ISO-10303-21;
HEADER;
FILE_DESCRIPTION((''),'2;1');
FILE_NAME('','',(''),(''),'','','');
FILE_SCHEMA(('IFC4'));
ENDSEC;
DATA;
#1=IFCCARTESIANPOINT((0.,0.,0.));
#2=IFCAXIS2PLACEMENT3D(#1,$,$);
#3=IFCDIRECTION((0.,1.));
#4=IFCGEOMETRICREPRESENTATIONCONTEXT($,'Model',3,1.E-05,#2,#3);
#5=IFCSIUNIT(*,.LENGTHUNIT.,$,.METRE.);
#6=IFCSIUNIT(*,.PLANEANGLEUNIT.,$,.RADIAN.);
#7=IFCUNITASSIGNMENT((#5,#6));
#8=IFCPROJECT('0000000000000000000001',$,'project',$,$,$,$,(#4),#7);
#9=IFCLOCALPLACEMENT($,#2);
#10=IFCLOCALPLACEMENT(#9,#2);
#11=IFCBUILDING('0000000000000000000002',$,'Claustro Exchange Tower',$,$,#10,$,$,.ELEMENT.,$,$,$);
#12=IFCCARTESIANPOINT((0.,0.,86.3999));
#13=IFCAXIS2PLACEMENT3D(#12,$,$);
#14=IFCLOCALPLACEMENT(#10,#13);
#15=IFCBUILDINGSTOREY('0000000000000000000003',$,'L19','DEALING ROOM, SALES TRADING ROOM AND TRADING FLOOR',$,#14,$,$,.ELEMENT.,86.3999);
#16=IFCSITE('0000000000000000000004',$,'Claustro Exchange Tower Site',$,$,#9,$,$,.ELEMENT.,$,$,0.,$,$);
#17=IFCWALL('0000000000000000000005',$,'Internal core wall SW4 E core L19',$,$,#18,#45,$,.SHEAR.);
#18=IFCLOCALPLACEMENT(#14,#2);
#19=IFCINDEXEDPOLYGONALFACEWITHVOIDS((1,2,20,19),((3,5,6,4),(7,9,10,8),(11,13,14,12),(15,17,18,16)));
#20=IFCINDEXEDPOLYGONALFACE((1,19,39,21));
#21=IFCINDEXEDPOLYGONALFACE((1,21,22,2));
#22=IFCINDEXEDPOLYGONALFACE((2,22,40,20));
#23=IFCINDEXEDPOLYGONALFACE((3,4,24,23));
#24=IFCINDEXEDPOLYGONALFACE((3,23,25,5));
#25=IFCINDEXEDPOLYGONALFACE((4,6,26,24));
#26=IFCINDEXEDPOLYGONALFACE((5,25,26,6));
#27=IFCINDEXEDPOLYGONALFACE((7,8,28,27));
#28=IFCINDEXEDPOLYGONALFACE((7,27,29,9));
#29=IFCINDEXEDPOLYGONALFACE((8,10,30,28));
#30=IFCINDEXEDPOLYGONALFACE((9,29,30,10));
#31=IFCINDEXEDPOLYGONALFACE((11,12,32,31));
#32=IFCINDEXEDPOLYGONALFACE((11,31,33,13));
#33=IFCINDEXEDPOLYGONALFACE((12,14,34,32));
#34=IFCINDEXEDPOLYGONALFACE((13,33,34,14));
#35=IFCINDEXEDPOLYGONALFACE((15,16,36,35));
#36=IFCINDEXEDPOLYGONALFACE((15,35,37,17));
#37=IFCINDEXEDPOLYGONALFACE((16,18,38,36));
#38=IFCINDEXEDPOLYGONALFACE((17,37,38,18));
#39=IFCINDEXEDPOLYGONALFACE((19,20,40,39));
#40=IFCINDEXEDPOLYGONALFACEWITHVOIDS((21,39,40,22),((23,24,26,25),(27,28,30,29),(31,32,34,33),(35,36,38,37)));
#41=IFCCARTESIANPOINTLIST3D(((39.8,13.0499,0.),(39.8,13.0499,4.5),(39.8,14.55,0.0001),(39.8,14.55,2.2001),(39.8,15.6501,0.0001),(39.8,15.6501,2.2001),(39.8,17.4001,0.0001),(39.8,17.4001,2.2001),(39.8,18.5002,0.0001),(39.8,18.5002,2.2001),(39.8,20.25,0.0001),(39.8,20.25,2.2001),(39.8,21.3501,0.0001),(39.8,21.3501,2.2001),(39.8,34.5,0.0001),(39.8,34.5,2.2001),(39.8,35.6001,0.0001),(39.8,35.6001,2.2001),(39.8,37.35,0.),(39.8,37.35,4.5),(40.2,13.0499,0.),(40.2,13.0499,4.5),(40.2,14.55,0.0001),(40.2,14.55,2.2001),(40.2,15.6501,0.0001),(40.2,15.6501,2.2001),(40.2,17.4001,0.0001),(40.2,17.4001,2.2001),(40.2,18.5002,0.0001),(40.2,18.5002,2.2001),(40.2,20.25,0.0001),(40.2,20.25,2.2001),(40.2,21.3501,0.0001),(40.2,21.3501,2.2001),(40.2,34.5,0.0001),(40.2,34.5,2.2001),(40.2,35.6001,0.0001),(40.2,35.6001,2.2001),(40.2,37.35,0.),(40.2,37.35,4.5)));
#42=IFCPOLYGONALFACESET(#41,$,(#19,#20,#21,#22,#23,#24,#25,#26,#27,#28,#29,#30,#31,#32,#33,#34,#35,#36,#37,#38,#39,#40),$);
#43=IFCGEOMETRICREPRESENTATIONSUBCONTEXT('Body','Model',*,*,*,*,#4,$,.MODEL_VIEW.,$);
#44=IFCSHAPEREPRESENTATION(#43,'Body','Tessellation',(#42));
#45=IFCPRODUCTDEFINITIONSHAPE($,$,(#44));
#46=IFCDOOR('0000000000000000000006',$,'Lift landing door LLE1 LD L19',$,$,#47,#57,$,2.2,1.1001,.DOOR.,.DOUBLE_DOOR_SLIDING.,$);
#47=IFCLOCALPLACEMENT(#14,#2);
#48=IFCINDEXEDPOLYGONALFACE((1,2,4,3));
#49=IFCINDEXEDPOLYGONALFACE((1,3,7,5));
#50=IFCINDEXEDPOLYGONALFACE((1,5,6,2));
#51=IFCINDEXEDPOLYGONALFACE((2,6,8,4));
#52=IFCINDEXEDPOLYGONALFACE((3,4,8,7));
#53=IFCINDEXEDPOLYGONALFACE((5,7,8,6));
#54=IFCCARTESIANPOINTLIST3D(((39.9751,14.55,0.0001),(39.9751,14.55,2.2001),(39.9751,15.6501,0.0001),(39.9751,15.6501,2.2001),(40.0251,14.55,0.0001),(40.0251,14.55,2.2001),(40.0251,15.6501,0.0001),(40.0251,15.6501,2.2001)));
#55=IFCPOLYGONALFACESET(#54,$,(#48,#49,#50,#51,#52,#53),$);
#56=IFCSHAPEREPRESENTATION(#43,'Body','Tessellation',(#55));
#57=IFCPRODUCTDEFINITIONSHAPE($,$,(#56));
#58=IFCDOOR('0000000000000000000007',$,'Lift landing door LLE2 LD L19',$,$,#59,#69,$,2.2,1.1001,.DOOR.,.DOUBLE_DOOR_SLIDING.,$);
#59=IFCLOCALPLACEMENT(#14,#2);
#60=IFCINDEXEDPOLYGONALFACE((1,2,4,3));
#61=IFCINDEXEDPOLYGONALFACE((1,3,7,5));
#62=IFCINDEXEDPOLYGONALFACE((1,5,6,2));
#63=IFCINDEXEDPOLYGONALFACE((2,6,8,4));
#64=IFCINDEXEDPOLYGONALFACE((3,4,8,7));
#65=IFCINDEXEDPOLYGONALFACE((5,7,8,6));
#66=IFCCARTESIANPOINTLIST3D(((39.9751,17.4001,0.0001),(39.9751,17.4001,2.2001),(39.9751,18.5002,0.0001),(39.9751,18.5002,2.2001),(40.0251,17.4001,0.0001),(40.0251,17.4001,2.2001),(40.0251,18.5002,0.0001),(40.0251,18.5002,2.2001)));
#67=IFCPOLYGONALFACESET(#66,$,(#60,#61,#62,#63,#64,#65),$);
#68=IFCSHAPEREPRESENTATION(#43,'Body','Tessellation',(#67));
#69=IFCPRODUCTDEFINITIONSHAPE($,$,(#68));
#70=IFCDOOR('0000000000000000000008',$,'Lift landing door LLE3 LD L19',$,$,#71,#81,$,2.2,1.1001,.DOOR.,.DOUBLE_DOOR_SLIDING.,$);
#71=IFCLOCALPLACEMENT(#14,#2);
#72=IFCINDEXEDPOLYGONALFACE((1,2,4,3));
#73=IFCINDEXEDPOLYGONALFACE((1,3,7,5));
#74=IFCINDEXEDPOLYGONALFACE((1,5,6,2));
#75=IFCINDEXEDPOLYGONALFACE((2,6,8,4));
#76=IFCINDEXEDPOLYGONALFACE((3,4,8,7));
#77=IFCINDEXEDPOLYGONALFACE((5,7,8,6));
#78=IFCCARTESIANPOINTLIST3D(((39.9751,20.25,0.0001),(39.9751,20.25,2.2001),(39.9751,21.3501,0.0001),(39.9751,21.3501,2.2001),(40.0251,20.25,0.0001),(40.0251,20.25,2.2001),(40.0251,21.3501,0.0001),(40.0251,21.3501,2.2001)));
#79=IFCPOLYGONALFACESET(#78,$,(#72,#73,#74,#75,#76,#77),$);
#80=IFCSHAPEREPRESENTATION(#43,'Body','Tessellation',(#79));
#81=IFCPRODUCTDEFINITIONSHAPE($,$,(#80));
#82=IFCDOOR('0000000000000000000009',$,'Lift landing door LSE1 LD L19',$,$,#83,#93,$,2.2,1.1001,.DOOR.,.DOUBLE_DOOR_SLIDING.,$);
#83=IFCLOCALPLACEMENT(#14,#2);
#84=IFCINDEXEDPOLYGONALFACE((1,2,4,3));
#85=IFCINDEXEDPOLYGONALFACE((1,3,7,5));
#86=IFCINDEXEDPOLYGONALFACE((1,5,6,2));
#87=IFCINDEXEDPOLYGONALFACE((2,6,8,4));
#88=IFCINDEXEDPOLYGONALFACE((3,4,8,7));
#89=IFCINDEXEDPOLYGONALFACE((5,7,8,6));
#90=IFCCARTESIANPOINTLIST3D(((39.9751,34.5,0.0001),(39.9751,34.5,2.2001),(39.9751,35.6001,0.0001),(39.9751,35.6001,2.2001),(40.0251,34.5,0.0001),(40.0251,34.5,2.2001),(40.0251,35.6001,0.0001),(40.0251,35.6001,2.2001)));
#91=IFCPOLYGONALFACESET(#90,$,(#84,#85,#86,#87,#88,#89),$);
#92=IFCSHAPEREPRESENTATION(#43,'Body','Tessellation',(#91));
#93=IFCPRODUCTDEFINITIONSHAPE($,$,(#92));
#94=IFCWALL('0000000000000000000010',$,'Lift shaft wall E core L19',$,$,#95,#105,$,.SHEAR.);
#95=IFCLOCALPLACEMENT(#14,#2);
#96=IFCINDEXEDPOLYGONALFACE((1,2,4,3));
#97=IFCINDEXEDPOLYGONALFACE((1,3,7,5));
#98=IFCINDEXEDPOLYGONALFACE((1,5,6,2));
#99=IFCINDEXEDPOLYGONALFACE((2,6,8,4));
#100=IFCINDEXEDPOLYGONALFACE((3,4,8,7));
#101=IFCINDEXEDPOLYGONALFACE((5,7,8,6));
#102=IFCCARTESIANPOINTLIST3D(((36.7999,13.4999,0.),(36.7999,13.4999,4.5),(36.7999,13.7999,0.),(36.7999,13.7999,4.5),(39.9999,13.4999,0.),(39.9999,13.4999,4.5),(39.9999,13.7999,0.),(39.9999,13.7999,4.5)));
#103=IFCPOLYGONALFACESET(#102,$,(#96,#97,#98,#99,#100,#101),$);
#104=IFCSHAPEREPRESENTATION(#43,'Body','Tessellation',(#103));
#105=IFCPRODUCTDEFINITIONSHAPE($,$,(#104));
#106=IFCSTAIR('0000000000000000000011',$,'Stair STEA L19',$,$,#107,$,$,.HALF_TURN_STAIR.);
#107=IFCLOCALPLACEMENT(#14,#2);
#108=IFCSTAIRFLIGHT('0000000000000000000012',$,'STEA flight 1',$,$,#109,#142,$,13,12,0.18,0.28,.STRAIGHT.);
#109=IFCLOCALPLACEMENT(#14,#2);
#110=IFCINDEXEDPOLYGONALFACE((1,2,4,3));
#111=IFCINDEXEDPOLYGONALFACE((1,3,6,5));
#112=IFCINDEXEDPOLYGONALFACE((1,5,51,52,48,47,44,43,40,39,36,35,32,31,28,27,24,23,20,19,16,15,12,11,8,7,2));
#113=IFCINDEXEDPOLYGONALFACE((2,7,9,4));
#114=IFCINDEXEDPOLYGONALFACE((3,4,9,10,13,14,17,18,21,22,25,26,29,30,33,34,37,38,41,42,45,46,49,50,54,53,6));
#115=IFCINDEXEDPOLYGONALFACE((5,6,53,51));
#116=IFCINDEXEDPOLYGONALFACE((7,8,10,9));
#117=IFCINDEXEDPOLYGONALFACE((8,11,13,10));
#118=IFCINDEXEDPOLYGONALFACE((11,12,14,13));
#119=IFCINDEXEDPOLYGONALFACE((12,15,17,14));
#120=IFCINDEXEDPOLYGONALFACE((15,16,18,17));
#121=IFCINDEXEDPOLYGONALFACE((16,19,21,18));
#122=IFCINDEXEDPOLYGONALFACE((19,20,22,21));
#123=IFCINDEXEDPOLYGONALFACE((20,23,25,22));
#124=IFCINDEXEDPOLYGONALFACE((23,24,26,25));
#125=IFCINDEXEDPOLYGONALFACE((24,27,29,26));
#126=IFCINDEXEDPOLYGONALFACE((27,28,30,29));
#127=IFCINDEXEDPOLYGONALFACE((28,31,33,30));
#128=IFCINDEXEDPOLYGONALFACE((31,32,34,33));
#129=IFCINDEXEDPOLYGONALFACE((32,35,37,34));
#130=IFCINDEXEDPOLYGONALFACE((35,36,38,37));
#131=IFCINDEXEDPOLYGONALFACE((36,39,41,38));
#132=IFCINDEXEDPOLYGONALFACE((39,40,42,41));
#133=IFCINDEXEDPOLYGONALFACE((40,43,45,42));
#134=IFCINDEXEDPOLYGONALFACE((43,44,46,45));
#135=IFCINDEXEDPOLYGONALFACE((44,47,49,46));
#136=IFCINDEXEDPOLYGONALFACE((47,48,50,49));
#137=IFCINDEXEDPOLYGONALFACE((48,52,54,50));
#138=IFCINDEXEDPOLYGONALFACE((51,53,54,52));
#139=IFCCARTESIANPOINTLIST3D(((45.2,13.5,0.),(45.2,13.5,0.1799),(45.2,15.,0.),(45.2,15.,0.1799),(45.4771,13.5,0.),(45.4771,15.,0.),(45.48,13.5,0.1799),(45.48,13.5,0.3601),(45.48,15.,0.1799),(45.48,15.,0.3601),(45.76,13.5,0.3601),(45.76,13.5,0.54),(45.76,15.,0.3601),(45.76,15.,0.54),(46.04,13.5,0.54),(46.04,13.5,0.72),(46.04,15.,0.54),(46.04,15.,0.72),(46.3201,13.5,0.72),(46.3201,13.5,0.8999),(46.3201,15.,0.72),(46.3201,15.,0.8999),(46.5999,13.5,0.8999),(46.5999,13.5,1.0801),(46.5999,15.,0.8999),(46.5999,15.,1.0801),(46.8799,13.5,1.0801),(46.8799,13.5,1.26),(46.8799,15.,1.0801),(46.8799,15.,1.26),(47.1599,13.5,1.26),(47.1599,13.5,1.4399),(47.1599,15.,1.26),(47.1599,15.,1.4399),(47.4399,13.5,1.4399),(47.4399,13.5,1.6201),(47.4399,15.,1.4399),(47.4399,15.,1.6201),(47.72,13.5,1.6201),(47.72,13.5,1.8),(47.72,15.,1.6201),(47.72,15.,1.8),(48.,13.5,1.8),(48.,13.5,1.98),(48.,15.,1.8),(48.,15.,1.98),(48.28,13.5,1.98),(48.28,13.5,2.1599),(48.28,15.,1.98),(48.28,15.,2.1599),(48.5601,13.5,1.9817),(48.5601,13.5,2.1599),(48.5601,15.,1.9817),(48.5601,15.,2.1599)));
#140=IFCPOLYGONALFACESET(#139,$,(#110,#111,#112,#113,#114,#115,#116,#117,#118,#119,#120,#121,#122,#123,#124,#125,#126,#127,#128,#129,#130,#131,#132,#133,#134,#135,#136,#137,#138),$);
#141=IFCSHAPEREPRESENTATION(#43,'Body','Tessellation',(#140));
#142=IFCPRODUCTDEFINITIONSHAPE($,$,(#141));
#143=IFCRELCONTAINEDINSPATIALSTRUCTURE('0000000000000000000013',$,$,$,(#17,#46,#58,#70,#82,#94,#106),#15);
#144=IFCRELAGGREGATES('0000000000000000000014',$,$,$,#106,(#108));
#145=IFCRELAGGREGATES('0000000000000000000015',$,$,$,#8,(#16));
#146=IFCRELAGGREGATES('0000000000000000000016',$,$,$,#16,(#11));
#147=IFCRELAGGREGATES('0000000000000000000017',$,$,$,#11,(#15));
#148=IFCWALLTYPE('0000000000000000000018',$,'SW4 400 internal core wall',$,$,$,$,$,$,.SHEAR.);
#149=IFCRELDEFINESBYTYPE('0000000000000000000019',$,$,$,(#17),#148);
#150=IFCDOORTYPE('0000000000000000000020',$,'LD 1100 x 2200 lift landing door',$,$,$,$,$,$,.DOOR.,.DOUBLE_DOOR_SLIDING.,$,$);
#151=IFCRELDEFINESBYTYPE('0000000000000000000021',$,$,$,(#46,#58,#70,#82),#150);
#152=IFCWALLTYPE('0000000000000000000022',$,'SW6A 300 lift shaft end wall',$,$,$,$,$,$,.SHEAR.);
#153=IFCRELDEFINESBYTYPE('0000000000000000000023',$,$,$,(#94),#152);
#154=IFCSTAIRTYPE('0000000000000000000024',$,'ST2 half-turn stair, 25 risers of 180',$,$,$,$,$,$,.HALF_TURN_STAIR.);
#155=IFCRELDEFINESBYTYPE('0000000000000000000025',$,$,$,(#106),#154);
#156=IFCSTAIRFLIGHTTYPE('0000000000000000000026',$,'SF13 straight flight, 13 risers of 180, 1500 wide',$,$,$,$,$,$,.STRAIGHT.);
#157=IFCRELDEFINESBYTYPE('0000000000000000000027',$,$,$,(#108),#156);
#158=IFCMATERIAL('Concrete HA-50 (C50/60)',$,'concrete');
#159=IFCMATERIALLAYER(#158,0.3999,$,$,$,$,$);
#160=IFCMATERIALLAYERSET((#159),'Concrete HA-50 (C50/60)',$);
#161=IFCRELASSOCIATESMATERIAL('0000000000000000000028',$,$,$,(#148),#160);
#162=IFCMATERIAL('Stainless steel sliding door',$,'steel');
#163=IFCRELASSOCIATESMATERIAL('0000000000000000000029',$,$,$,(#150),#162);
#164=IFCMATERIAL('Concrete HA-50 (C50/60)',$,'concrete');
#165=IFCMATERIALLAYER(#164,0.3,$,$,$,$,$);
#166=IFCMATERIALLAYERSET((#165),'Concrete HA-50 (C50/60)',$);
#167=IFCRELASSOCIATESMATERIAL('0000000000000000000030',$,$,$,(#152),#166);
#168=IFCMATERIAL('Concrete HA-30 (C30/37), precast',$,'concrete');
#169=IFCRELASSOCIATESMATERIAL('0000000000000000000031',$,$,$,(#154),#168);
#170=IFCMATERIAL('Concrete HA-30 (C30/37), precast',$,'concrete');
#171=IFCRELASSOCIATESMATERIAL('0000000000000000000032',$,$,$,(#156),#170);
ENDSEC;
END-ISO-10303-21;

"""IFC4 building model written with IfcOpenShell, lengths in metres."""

from ifc_helpers import new_model, si_unit, direction, frame, frame_2d, origin, place, context, subcontext, project, spatial, polyline, rectangle, outline, extrude, material, layer, layer_set, type_object, element, fill, aggregate, save


model = new_model("IFC4")

# Units and contexts
model_context = context("Model", 3, precision=1e-05, world=origin(), true_north=direction((0.0, 1.0)))
body_context = subcontext(model_context, "Body", "Model", "MODEL_VIEW")
ifc_project = project(units=[si_unit("LENGTHUNIT", "METRE"), si_unit("PLANEANGLEUNIT", "RADIAN")], contexts=[model_context])

# Site, building, storey
site_placement = place(None, origin())
site = spatial("IfcSite", under=ifc_project, at=site_placement, Name="Claustro Exchange Tower Site", CompositionType="ELEMENT", RefElevation=0.0)
building_placement = place(site_placement, origin())
building = spatial("IfcBuilding", under=site, at=building_placement, Name="Claustro Exchange Tower", CompositionType="ELEMENT")
storey_placement = place(building_placement, frame((0.0, 0.0, 86.3999)))
storey = spatial("IfcBuildingStorey", under=building, at=storey_placement, Name="L19", Description="DEALING ROOM, SALES TRADING ROOM AND TRADING FLOOR", CompositionType="ELEMENT", Elevation=86.3999)

# Wall, openings, doors
ifc_material_1 = material(Name="Concrete HA-50 (C50/60)", Category="concrete")
ifc_layer_1 = layer(ifc_material_1, 0.3999)
ifc_layer_set_1 = layer_set([ifc_layer_1], Name="Concrete HA-50 (C50/60)")
wall_type_1 = type_object("IfcWallType", Name="SW4 400 internal core wall", PredefinedType="SHEAR", material=ifc_layer_set_1)
ifc_material_2 = material(Name="Stainless steel sliding door", Category="steel")
door_type_1 = type_object("IfcDoorType", Name="LD 1100 x 2200 lift landing door", OperationType="DOUBLE_DOOR_SLIDING", PredefinedType="DOOR", material=ifc_material_2)
wall_1_placement = place(storey_placement, frame((40.0, 13.05, 0.0), z_axis=(0.0, 0.0, 1.0), x_axis=(0.0, 1.0, 0.0)))
wall_1 = element("IfcWall", 1, at=wall_1_placement, inside=storey, type_object=wall_type_1, Name="Internal core wall SW4 E core L19", PredefinedType="SHEAR", context=body_context, shape_type="SweptSolid", body=[
    extrude(rectangle(XDim=24.3, YDim=0.3999, at=frame_2d((12.1499, 0.0))), origin(), (0.0, 0.0, 1.0), 4.5),
])
opening_1_placement = place(wall_1_placement, frame((1.5, 0.0, 0.0)))
opening_1 = element("IfcOpeningElement", 2, at=opening_1_placement, cuts=wall_1, PredefinedType="OPENING", context=body_context, shape_type="SweptSolid", body=[
    extrude(rectangle(XDim=1.1001, YDim=2.2, at=frame_2d((0.55, 1.1001))), frame((0.0, 0.21, 0.0), z_axis=(0.0, -1.0, 0.0), x_axis=(1.0, 0.0, 0.0)), (0.0, 0.0, 1.0), 0.4199),
])
opening_2_placement = place(wall_1_placement, frame((4.3501, 0.0, 0.0)))
opening_2 = element("IfcOpeningElement", 3, at=opening_2_placement, cuts=wall_1, PredefinedType="OPENING", context=body_context, shape_type="SweptSolid", body=[
    extrude(rectangle(XDim=1.1001, YDim=2.2, at=frame_2d((0.55, 1.1001))), frame((0.0, 0.21, 0.0), z_axis=(0.0, -1.0, 0.0), x_axis=(1.0, 0.0, 0.0)), (0.0, 0.0, 1.0), 0.4199),
])
opening_3_placement = place(wall_1_placement, frame((7.2, 0.0, 0.0)))
opening_3 = element("IfcOpeningElement", 4, at=opening_3_placement, cuts=wall_1, PredefinedType="OPENING", context=body_context, shape_type="SweptSolid", body=[
    extrude(rectangle(XDim=1.1001, YDim=2.2, at=frame_2d((0.55, 1.1001))), frame((0.0, 0.21, 0.0), z_axis=(0.0, -1.0, 0.0), x_axis=(1.0, 0.0, 0.0)), (0.0, 0.0, 1.0), 0.4199),
])
opening_4_placement = place(wall_1_placement, frame((21.45, 0.0, 0.0)))
opening_4 = element("IfcOpeningElement", 5, at=opening_4_placement, cuts=wall_1, PredefinedType="OPENING", context=body_context, shape_type="SweptSolid", body=[
    extrude(rectangle(XDim=1.1001, YDim=2.2, at=frame_2d((0.55, 1.1001))), frame((0.0, 0.21, 0.0), z_axis=(0.0, -1.0, 0.0), x_axis=(1.0, 0.0, 0.0)), (0.0, 0.0, 1.0), 0.4199),
])
door_1_placement = place(opening_1_placement, origin())
door_1 = element("IfcDoor", 6, at=door_1_placement, inside=storey, type_object=door_type_1, Name="Lift landing door LLE1 LD L19", OperationType="DOUBLE_DOOR_SLIDING", OverallHeight=2.2, OverallWidth=1.1001, PredefinedType="DOOR", context=body_context, shape_type="SweptSolid", body=[
    extrude(rectangle(XDim=1.1001, YDim=2.2, at=frame_2d((0.55, 1.1001))), frame((0.0, 0.0249, 0.0), z_axis=(0.0, -1.0, 0.0), x_axis=(1.0, 0.0, 0.0)), (0.0, 0.0, 1.0), 0.05),
])
fill(opening_1, door_1)
door_2_placement = place(opening_2_placement, origin())
door_2 = element("IfcDoor", 7, at=door_2_placement, inside=storey, type_object=door_type_1, Name="Lift landing door LLE2 LD L19", OperationType="DOUBLE_DOOR_SLIDING", OverallHeight=2.2, OverallWidth=1.1001, PredefinedType="DOOR", context=body_context, shape_type="SweptSolid", body=[
    extrude(rectangle(XDim=1.1001, YDim=2.2, at=frame_2d((0.55, 1.1001))), frame((0.0, 0.0249, 0.0), z_axis=(0.0, -1.0, 0.0), x_axis=(1.0, 0.0, 0.0)), (0.0, 0.0, 1.0), 0.05),
])
fill(opening_2, door_2)
door_3_placement = place(opening_3_placement, origin())
door_3 = element("IfcDoor", 8, at=door_3_placement, inside=storey, type_object=door_type_1, Name="Lift landing door LLE3 LD L19", OperationType="DOUBLE_DOOR_SLIDING", OverallHeight=2.2, OverallWidth=1.1001, PredefinedType="DOOR", context=body_context, shape_type="SweptSolid", body=[
    extrude(rectangle(XDim=1.1001, YDim=2.2, at=frame_2d((0.55, 1.1001))), frame((0.0, 0.0249, 0.0), z_axis=(0.0, -1.0, 0.0), x_axis=(1.0, 0.0, 0.0)), (0.0, 0.0, 1.0), 0.05),
])
fill(opening_3, door_3)
door_4_placement = place(opening_4_placement, origin())
door_4 = element("IfcDoor", 9, at=door_4_placement, inside=storey, type_object=door_type_1, Name="Lift landing door LSE1 LD L19", OperationType="DOUBLE_DOOR_SLIDING", OverallHeight=2.2, OverallWidth=1.1001, PredefinedType="DOOR", context=body_context, shape_type="SweptSolid", body=[
    extrude(rectangle(XDim=1.1001, YDim=2.2, at=frame_2d((0.55, 1.1001))), frame((0.0, 0.0249, 0.0), z_axis=(0.0, -1.0, 0.0), x_axis=(1.0, 0.0, 0.0)), (0.0, 0.0, 1.0), 0.05),
])
fill(opening_4, door_4)

# Wall
ifc_material_3 = material(Name="Concrete HA-50 (C50/60)", Category="concrete")
ifc_layer_2 = layer(ifc_material_3, 0.3)
ifc_layer_set_2 = layer_set([ifc_layer_2], Name="Concrete HA-50 (C50/60)")
wall_type_2 = type_object("IfcWallType", Name="SW6A 300 lift shaft end wall", PredefinedType="SHEAR", material=ifc_layer_set_2)
wall_2_placement = place(storey_placement, frame((40.0, 13.6499, 0.0), z_axis=(0.0, 0.0, 1.0), x_axis=(-1.0, 0.0, 0.0)))
element("IfcWall", 10, at=wall_2_placement, inside=storey, type_object=wall_type_2, Name="Lift shaft wall E core L19", PredefinedType="SHEAR", context=body_context, shape_type="SweptSolid", body=[
    extrude(rectangle(XDim=3.2, YDim=0.3, at=frame_2d((1.6001, 0.0))), origin(), (0.0, 0.0, 1.0), 4.5),
])

# Stair, stair flight
ifc_material_4 = material(Name="Concrete HA-30 (C30/37), precast", Category="concrete")
stair_type = type_object("IfcStairType", Name="ST2 half-turn stair, 25 risers of 180", PredefinedType="HALF_TURN_STAIR", material=ifc_material_4)
stair_placement = place(storey_placement, origin())
stair = element("IfcStair", 11, at=stair_placement, inside=storey, type_object=stair_type, Name="Stair STEA L19", PredefinedType="HALF_TURN_STAIR")
ifc_material_5 = material(Name="Concrete HA-30 (C30/37), precast", Category="concrete")
stair_flight_type = type_object("IfcStairFlightType", Name="SF13 straight flight, 13 risers of 180, 1500 wide", PredefinedType="STRAIGHT", material=ifc_material_5)
stair_flight_placement = place(storey_placement, frame((45.2, 14.25, 0.0), z_axis=(0.0, 0.0, 1.0), x_axis=(1.0, 0.0, 0.0)))
stair_flight = element("IfcStairFlight", 12, at=stair_flight_placement, type_object=stair_flight_type, Name="STEA flight 1", NumberOfRisers=13, NumberOfTreads=12, PredefinedType="STRAIGHT", RiserHeight=0.18, TreadLength=0.28, context=body_context, shape_type="SweptSolid", body=[
    extrude(outline(polyline([(0.0, 0.0), (0.0, 0.1799), (0.28, 0.1799), (0.28, 0.3601), (0.5601, 0.3601), (0.5601, 0.54), (0.8401, 0.54), (0.8401, 0.72), (1.1201, 0.72), (1.1201, 0.8999), (1.3999, 0.8999), (1.3999, 1.0801), (1.6799, 1.0801), (1.6799, 1.26), (1.96, 1.26), (1.96, 1.4399), (2.24, 1.4399), (2.24, 1.6201), (2.52, 1.6201), (2.52, 1.8), (2.8, 1.8), (2.8, 1.98), (3.0801, 1.98), (3.0801, 2.1599), (3.3601, 2.1599), (3.3601, 2.3401), (3.3601, 1.9817), (0.2771, 0.0), (0.0, 0.0)])), frame((0.0, 0.75, 0.0), z_axis=(0.0, -1.0, 0.0), x_axis=(1.0, 0.0, 0.0)), (0.0, 0.0, 1.0), 1.5),
])
aggregate(stair, [stair_flight])

save(model, "model.ifc")
